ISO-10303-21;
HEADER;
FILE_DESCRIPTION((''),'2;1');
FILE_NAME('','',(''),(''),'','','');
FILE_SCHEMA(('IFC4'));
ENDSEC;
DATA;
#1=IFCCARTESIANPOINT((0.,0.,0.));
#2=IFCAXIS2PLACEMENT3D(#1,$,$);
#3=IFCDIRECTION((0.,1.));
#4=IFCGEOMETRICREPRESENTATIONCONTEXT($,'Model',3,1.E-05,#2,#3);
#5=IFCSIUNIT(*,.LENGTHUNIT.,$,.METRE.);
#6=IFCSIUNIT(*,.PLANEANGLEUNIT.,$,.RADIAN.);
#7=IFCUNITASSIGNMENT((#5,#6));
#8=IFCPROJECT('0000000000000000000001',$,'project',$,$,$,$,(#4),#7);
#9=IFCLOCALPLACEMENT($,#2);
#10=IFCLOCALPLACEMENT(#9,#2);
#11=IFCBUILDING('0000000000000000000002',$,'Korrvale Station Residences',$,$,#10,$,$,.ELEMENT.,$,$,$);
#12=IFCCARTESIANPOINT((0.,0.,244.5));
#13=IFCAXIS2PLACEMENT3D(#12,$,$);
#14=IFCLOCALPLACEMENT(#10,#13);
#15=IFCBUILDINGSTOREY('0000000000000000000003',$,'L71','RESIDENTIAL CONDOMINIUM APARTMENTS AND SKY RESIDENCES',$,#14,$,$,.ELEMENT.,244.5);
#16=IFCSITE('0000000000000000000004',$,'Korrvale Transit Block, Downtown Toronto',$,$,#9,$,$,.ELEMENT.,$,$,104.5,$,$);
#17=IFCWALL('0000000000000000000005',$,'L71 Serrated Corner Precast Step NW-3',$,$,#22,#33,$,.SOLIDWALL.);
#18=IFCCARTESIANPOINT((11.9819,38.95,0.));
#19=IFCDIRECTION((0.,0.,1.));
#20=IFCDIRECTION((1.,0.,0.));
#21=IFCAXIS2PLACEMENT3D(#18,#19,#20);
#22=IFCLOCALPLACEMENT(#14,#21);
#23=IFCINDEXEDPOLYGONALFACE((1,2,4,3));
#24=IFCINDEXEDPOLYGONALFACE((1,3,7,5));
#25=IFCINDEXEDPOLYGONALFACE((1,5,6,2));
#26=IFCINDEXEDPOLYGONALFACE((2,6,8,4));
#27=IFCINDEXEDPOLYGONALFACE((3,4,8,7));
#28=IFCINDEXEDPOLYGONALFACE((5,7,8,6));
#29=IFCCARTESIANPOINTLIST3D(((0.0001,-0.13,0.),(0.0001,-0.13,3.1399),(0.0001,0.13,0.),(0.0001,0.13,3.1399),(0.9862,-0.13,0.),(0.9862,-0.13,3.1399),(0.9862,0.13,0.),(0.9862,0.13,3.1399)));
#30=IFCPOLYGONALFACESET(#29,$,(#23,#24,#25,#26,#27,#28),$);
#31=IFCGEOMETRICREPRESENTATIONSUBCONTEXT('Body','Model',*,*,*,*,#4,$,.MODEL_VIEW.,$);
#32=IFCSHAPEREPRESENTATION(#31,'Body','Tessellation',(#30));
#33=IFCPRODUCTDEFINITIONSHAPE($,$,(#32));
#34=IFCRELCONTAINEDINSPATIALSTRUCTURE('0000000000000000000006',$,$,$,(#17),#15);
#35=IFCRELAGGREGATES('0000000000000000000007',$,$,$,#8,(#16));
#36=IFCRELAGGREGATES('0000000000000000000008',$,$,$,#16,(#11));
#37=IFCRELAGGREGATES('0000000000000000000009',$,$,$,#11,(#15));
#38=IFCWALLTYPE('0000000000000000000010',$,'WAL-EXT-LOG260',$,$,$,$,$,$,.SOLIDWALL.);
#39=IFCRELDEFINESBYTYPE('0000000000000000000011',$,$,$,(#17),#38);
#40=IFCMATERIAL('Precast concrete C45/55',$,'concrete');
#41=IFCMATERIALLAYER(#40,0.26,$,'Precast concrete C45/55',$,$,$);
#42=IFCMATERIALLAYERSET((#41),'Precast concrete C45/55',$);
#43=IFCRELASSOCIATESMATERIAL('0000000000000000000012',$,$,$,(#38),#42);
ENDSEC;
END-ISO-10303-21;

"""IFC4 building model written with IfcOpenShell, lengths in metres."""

from ifc_helpers import new_model, si_unit, direction, frame, frame_2d, origin, place, context, subcontext, project, spatial, rectangle, extrude, material, layer, layer_set, type_object, element, save


model = new_model("IFC4")

# Units and contexts
model_context = context("Model", 3, precision=1e-05, world=origin(), true_north=direction((0.0, 1.0)))
body_context = subcontext(model_context, "Body", "Model", "MODEL_VIEW")
ifc_project = project(units=[si_unit("LENGTHUNIT", "METRE"), si_unit("PLANEANGLEUNIT", "RADIAN")], contexts=[model_context])

# Site, building, storey
site_placement = place(None, origin())
site = spatial("IfcSite", under=ifc_project, at=site_placement, Name="Korrvale Transit Block, Downtown Toronto", CompositionType="ELEMENT", RefElevation=104.5)
building_placement = place(site_placement, origin())
building = spatial("IfcBuilding", under=site, at=building_placement, Name="Korrvale Station Residences", CompositionType="ELEMENT")
storey_placement = place(building_placement, frame((0.0, 0.0, 244.5)))
storey = spatial("IfcBuildingStorey", under=building, at=storey_placement, Name="L71", Description="RESIDENTIAL CONDOMINIUM APARTMENTS AND SKY RESIDENCES", CompositionType="ELEMENT", Elevation=244.5)

# Wall
ifc_material_1 = material(Name="Precast concrete C45/55", Category="concrete")
ifc_layer_1 = layer(ifc_material_1, 0.26, Name="Precast concrete C45/55")
ifc_layer_set_1 = layer_set([ifc_layer_1], Name="Precast concrete C45/55")
wall_type_1 = type_object("IfcWallType", Name="WAL-EXT-LOG260", PredefinedType="SOLIDWALL", material=ifc_layer_set_1)
wall_1_placement = place(storey_placement, frame((11.9819, 38.95, 0.0), z_axis=(0.0, 0.0, 1.0), x_axis=(1.0, 0.0, 0.0)))
element("IfcWall", 1, at=wall_1_placement, inside=storey, type_object=wall_type_1, Name="L71 Serrated Corner Precast Step NW-3", PredefinedType="SOLIDWALL", context=body_context, shape_type="SweptSolid", body=[
    extrude(rectangle(XDim=0.9861, YDim=0.26, at=frame_2d((0.4932, 0.0))), origin(), (0.0, 0.0, 1.0), 3.1399),
])

save(model, "model.ifc")
